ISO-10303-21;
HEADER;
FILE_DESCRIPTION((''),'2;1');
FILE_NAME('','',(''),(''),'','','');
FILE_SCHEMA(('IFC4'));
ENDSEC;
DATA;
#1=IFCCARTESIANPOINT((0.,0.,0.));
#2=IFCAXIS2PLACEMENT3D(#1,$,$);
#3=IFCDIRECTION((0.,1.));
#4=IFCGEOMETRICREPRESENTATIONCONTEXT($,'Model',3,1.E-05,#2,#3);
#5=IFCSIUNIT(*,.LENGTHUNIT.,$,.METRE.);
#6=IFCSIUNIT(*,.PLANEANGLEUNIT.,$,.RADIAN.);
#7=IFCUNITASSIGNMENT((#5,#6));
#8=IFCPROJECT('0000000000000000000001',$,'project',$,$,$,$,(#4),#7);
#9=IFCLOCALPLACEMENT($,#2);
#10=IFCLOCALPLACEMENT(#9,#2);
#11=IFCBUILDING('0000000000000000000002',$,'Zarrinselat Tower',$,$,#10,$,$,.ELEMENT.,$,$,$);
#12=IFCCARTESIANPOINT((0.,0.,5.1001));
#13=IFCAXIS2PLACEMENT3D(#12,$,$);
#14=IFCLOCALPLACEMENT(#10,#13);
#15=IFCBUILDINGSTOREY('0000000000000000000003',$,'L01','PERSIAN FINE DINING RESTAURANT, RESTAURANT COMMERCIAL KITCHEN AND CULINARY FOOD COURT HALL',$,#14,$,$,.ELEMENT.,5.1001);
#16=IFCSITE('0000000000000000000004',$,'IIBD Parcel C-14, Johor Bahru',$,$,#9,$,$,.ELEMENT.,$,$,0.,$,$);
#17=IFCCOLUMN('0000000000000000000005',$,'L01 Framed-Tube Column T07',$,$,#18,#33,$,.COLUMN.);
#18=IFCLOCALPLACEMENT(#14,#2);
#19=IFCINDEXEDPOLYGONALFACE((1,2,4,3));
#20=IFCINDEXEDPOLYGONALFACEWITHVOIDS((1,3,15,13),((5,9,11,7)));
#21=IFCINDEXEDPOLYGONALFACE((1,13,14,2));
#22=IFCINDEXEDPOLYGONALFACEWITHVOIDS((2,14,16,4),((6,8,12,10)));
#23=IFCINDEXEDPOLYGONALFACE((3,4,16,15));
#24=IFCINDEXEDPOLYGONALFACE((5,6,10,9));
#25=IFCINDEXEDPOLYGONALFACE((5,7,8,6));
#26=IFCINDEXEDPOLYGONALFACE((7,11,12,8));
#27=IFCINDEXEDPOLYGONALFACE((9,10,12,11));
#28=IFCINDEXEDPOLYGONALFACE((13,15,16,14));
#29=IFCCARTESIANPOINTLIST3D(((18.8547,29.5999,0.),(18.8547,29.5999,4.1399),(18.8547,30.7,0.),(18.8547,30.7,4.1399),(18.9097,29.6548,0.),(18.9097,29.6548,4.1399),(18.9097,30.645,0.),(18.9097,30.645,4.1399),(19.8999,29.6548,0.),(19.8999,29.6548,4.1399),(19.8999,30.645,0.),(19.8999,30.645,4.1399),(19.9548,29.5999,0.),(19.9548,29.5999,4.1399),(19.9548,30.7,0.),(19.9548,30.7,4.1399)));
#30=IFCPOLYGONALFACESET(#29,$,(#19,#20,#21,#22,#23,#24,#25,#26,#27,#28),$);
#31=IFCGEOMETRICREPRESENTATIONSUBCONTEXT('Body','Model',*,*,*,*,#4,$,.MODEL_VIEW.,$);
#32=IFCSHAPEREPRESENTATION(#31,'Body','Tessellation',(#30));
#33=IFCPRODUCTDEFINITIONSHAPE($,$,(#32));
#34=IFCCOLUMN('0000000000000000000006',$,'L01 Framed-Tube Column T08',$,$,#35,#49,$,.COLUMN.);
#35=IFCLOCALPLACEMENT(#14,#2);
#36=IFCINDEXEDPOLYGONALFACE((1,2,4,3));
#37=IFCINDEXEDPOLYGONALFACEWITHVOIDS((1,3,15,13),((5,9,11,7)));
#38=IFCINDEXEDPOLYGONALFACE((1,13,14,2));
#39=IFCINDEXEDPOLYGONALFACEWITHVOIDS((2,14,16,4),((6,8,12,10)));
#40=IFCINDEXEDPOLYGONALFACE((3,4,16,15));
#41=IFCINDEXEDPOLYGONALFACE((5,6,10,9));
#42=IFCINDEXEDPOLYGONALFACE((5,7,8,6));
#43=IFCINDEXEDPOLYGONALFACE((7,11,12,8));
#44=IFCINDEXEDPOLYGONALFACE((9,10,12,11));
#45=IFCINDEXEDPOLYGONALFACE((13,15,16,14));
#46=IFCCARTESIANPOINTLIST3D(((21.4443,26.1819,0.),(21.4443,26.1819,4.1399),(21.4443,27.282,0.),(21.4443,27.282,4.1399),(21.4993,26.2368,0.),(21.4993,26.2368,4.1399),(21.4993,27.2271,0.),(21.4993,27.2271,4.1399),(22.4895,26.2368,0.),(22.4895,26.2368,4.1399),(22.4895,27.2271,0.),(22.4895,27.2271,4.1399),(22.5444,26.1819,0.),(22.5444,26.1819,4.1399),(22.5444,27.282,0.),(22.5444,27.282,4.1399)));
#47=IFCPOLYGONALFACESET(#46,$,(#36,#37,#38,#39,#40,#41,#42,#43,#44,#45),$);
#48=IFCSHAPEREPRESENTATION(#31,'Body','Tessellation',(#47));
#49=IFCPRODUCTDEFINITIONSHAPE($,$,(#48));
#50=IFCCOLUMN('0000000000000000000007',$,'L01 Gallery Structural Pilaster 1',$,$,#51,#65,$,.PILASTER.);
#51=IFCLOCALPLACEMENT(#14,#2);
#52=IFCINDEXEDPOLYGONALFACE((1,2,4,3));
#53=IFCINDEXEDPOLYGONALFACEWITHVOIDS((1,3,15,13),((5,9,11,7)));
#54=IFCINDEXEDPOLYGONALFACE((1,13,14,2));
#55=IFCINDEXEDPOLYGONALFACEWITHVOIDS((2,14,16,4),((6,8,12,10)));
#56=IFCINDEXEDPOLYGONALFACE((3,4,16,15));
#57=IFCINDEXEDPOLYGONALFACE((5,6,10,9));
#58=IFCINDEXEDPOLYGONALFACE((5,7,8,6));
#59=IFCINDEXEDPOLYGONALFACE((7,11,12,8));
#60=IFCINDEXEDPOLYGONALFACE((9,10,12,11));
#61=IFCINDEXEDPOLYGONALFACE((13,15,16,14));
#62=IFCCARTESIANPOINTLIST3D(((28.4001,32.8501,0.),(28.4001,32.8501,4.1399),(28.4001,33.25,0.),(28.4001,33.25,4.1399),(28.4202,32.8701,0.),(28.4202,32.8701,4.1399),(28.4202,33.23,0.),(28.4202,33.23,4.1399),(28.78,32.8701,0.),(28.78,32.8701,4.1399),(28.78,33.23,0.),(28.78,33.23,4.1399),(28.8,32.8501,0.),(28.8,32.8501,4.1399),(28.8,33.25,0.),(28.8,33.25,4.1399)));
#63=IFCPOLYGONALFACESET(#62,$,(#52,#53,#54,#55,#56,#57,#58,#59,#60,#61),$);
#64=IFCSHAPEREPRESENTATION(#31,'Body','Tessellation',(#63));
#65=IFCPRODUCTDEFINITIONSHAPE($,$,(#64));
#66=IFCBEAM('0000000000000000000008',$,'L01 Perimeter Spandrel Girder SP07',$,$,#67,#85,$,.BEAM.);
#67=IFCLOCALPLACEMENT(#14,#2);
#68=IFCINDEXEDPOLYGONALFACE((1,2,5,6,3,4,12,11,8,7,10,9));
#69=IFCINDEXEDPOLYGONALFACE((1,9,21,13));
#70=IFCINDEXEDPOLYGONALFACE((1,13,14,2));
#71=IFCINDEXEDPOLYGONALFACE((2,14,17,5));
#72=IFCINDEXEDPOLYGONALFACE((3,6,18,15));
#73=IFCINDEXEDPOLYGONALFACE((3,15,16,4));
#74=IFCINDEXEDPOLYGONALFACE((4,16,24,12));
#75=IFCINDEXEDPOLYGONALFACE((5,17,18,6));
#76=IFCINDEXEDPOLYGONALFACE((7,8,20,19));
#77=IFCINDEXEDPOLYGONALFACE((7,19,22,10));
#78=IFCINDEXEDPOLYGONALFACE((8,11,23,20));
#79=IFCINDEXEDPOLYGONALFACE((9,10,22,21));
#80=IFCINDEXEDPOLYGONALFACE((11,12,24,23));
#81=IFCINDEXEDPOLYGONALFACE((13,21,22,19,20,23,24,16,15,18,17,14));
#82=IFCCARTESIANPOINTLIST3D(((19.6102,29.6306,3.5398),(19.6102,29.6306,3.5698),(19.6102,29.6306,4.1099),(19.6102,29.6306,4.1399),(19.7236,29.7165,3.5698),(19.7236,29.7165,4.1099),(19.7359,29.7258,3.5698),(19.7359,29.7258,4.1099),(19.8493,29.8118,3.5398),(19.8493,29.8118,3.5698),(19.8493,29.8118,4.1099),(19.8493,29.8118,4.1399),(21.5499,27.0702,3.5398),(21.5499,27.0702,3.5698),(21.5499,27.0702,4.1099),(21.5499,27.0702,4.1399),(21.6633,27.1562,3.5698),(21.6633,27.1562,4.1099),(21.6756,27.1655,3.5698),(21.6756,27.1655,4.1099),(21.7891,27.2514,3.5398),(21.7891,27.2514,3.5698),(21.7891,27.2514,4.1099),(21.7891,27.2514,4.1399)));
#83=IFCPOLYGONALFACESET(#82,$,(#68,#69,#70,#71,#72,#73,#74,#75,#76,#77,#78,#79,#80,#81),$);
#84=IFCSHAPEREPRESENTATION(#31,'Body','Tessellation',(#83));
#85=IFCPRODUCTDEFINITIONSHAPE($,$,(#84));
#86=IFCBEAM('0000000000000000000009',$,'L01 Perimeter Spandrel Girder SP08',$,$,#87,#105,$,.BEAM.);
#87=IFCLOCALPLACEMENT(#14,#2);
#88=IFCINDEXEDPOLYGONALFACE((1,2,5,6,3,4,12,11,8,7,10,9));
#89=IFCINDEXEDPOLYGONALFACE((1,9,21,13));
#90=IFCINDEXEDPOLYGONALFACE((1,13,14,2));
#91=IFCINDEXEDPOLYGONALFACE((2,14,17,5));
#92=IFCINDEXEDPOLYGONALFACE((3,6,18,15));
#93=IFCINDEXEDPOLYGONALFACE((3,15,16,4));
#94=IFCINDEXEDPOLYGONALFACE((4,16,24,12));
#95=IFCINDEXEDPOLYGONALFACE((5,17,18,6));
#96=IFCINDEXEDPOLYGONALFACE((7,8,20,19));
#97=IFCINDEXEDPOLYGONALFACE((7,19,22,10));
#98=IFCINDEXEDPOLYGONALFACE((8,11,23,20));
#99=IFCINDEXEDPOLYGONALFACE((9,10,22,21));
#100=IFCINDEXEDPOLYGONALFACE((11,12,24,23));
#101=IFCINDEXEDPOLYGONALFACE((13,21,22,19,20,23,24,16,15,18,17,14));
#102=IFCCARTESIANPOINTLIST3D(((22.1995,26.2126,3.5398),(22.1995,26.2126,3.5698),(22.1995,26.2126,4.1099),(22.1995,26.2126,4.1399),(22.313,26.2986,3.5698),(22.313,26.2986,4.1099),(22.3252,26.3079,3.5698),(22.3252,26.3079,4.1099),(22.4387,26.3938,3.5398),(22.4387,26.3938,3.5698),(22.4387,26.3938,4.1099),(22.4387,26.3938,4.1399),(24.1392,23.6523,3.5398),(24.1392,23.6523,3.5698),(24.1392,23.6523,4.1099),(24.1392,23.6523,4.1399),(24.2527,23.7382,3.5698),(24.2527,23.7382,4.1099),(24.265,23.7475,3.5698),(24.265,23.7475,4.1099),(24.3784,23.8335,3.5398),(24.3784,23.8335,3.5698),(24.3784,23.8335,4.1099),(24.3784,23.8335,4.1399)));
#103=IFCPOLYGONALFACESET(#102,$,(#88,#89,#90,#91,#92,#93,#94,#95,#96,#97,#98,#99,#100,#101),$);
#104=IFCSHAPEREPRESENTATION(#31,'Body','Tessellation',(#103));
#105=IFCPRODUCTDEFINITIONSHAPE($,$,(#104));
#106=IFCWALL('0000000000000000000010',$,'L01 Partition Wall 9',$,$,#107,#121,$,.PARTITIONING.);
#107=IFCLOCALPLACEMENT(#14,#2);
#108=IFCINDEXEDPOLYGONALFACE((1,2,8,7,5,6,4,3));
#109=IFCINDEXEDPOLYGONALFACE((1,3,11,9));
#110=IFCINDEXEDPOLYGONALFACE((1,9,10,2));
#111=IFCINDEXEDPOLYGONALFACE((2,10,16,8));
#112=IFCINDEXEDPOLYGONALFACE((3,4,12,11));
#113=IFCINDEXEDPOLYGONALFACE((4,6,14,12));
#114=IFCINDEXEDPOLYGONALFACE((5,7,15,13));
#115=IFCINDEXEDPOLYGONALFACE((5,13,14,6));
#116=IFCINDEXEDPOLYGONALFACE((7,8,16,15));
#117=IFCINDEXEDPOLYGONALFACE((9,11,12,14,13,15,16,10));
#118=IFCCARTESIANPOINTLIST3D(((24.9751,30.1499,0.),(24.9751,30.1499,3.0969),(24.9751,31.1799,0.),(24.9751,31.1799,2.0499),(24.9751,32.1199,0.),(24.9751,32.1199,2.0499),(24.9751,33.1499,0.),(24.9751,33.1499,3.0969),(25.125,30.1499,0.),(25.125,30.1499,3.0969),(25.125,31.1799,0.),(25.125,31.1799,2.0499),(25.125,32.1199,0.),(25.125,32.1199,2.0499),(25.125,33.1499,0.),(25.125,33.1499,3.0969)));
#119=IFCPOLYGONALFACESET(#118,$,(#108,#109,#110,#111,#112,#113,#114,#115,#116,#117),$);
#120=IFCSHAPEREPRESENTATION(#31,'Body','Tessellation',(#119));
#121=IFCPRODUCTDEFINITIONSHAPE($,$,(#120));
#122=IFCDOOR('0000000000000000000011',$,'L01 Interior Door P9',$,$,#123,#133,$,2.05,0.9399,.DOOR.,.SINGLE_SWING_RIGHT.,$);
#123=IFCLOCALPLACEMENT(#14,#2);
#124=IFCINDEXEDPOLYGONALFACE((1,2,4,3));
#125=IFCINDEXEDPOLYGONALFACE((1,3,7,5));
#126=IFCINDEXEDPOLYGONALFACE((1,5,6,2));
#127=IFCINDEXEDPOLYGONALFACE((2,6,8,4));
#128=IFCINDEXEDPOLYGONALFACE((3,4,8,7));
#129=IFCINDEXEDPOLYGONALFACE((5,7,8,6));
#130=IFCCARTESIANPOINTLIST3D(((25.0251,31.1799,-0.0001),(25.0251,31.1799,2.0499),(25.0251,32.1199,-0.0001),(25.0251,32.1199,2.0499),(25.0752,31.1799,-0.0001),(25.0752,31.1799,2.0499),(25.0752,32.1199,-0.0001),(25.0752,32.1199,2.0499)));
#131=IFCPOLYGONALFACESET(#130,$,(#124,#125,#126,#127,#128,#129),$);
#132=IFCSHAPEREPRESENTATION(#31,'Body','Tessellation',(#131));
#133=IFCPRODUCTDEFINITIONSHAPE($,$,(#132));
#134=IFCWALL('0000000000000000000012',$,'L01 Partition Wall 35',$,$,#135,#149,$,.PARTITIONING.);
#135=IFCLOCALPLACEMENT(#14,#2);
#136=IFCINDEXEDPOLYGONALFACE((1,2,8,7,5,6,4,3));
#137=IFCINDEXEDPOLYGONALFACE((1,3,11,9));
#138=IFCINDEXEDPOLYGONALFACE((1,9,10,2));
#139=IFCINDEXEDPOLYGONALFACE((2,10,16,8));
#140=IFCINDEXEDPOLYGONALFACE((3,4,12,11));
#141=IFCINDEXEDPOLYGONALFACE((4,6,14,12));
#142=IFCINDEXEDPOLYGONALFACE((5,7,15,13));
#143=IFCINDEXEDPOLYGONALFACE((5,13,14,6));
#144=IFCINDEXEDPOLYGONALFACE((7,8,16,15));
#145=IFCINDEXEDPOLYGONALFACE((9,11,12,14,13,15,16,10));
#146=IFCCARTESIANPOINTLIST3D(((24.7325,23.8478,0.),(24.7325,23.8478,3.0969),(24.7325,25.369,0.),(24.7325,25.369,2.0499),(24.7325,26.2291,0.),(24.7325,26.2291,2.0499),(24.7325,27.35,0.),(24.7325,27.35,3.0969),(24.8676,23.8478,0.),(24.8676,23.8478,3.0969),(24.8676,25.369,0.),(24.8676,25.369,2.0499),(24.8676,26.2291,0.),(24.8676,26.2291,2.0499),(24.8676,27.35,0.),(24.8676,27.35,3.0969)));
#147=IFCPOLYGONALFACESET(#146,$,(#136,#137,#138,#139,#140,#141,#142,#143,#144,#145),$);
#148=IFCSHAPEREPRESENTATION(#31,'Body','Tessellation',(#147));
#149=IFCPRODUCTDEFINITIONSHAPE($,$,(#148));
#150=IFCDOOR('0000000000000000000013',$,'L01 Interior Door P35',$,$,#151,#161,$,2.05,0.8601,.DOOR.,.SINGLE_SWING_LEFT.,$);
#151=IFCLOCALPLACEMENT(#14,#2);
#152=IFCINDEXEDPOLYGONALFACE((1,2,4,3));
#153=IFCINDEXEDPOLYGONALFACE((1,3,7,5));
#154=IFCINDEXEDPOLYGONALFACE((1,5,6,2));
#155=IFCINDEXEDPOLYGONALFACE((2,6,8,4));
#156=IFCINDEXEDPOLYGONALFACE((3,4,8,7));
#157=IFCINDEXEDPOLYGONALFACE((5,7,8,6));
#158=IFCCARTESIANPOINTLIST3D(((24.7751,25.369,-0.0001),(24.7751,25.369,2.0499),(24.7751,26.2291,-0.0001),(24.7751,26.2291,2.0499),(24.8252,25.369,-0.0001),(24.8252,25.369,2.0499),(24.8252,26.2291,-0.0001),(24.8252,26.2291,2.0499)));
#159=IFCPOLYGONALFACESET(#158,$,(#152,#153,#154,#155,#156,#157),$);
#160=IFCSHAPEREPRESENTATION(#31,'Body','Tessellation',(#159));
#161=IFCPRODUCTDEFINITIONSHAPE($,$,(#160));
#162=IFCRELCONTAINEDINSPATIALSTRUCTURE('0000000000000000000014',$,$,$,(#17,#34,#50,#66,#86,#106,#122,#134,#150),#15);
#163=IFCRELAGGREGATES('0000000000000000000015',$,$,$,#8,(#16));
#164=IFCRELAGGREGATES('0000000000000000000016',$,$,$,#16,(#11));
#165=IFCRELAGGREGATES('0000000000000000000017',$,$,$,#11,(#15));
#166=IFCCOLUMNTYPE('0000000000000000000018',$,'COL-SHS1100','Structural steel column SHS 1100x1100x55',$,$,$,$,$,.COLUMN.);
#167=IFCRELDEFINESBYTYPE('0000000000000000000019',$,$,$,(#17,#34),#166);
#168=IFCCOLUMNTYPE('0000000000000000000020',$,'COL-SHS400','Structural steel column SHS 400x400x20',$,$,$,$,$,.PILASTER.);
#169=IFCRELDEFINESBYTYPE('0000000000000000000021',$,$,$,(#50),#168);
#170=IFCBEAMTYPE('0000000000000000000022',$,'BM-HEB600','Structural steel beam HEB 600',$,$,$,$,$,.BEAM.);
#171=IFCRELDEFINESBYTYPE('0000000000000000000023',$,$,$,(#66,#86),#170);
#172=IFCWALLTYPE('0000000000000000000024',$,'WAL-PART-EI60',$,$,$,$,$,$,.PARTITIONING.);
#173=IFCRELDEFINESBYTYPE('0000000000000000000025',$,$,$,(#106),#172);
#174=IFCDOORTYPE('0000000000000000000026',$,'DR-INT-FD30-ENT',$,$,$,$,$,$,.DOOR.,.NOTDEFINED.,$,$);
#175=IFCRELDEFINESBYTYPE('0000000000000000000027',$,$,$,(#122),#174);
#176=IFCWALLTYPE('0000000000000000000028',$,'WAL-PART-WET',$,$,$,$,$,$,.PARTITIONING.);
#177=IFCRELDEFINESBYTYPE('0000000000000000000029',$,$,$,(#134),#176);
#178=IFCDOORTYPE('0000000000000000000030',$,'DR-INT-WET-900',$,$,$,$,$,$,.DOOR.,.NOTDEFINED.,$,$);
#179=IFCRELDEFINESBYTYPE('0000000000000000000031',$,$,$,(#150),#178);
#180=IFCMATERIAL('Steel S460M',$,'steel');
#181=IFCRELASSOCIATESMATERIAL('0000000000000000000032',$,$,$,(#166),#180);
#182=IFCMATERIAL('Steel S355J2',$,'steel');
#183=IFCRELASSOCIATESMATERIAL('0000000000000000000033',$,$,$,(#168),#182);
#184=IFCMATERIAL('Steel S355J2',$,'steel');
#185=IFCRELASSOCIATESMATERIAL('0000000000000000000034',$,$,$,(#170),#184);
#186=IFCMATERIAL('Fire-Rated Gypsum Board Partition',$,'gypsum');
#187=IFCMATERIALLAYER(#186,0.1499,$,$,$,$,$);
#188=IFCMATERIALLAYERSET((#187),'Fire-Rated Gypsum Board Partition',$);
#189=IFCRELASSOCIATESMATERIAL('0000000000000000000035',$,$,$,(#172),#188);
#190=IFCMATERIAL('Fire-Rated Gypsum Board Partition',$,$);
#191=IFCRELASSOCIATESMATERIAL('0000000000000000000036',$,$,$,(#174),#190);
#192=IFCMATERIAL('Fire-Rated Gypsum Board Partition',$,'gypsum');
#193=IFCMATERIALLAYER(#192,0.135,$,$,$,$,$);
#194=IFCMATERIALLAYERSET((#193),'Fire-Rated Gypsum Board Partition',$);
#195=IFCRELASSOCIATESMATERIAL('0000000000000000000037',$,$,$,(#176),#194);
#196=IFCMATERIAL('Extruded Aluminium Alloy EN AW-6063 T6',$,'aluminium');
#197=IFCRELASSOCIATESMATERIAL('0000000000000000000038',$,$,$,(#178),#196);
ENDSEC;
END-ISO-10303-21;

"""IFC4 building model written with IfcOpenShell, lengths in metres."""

from ifc_helpers import new_model, si_unit, direction, frame, frame_2d, origin, origin_2d, place, context, subcontext, project, spatial, rectangle, hollow_rectangle, i_section, extrude, material, layer, layer_set, material_profile, profile_set, type_object, element, fill, save


model = new_model("IFC4")

# Units and contexts
model_context = context("Model", 3, precision=1e-05, world=origin(), true_north=direction((0.0, 1.0)))
body_context = subcontext(model_context, "Body", "Model", "MODEL_VIEW")
ifc_project = project(units=[si_unit("LENGTHUNIT", "METRE"), si_unit("PLANEANGLEUNIT", "RADIAN")], contexts=[model_context])

# Site, building, storey
site_placement = place(None, origin())
site = spatial("IfcSite", under=ifc_project, at=site_placement, Name="IIBD Parcel C-14, Johor Bahru", CompositionType="ELEMENT", RefElevation=0.0)
building_placement = place(site_placement, origin())
building = spatial("IfcBuilding", under=site, at=building_placement, Name="Zarrinselat Tower", CompositionType="ELEMENT")
storey_placement = place(building_placement, frame((0.0, 0.0, 5.1001)))
storey = spatial("IfcBuildingStorey", under=building, at=storey_placement, Name="L01", Description="PERSIAN FINE DINING RESTAURANT, RESTAURANT COMMERCIAL KITCHEN AND CULINARY FOOD COURT HALL", CompositionType="ELEMENT", Elevation=5.1001)

# Columns
ifc_material_1 = material(Name="Steel S460M", Category="steel")
ifc_material_profile_1 = material_profile(ifc_material_1, hollow_rectangle(XDim=1.1001, YDim=1.1001, WallThickness=0.0549, at=origin_2d()), Name="SHS 1100x1100x55")
ifc_profile_set_1 = profile_set([ifc_material_profile_1], Name="Steel S460M")
column_type_1 = type_object("IfcColumnType", Name="COL-SHS1100", Description="Structural steel column SHS 1100x1100x55", PredefinedType="COLUMN", material=ifc_profile_set_1)
for number, where, z_axis, x_axis, name in (
    (1, (19.4048, 30.1499, 0.0), (0.0, 0.0, 1.0), (1.0, 0.0, 0.0), "L01 Framed-Tube Column T07"),
    (2, (21.9944, 26.7319, 0.0), (0.0, 0.0, 1.0), (1.0, 0.0, 0.0), "L01 Framed-Tube Column T08"),
):
    element("IfcColumn", number, at=place(storey_placement, frame(where, z_axis=z_axis, x_axis=x_axis)), inside=storey, type_object=column_type_1, Name=name, PredefinedType="COLUMN", context=body_context, shape_type="SweptSolid", body=[
        extrude(hollow_rectangle(XDim=1.1001, YDim=1.1001, WallThickness=0.0549, at=origin_2d()), origin(), (0.0, 0.0, 1.0), 4.1399),
    ])
ifc_material_2 = material(Name="Steel S355J2", Category="steel")
ifc_material_profile_2 = material_profile(ifc_material_2, hollow_rectangle(XDim=0.3999, YDim=0.3999, WallThickness=0.02, at=origin_2d()), Name="SHS 400x400x20")
ifc_profile_set_2 = profile_set([ifc_material_profile_2], Name="Steel S355J2")
column_type_2 = type_object("IfcColumnType", Name="COL-SHS400", Description="Structural steel column SHS 400x400x20", PredefinedType="PILASTER", material=ifc_profile_set_2)
column_placement = place(storey_placement, frame((28.6001, 33.05, 0.0), z_axis=(0.0, 0.0, 1.0), x_axis=(1.0, 0.0, 0.0)))
element("IfcColumn", 3, at=column_placement, inside=storey, type_object=column_type_2, Name="L01 Gallery Structural Pilaster 1", PredefinedType="PILASTER", context=body_context, shape_type="SweptSolid", body=[
    extrude(hollow_rectangle(XDim=0.3999, YDim=0.3999, WallThickness=0.02, at=origin_2d()), origin(), (0.0, 0.0, 1.0), 4.1399),
])

# Beams
ifc_material_3 = material(Name="Steel S355J2", Category="steel")
ifc_material_profile_3 = material_profile(ifc_material_3, i_section(OverallWidth=0.3, OverallDepth=0.6001, WebThickness=0.0154, FlangeThickness=0.03, at=origin_2d()), Name="HEB 600")
ifc_profile_set_3 = profile_set([ifc_material_profile_3], Name="Steel S355J2")
beam_type = type_object("IfcBeamType", Name="BM-HEB600", Description="Structural steel beam HEB 600", PredefinedType="BEAM", material=ifc_profile_set_3)
for number, where, z_axis, x_axis, name in (
    (4, (19.7297, 29.7212, 3.8398), (0.603872, -0.797081, 0.0), (0.797081, 0.603872, 0.0), "L01 Perimeter Spandrel Girder SP07"),
    (5, (22.3191, 26.3032, 3.8398), (0.603872, -0.797081, 0.0), (0.797081, 0.603872, 0.0), "L01 Perimeter Spandrel Girder SP08"),
):
    element("IfcBeam", number, at=place(storey_placement, frame(where, z_axis=z_axis, x_axis=x_axis)), inside=storey, type_object=beam_type, Name=name, PredefinedType="BEAM", context=body_context, shape_type="SweptSolid", body=[
        extrude(i_section(OverallWidth=0.3, OverallDepth=0.6001, WebThickness=0.0154, FlangeThickness=0.03, at=origin_2d()), origin(), (0.0, 0.0, 1.0), 3.2122),
    ])

# Walls, openings, doors
ifc_material_4 = material(Name="Fire-Rated Gypsum Board Partition", Category="gypsum")
ifc_layer_1 = layer(ifc_material_4, 0.1499)
ifc_layer_set_1 = layer_set([ifc_layer_1], Name="Fire-Rated Gypsum Board Partition")
wall_type_1 = type_object("IfcWallType", Name="WAL-PART-EI60", PredefinedType="PARTITIONING", material=ifc_layer_set_1)
wall_1_placement = place(storey_placement, frame((25.05, 30.1499, 0.0), z_axis=(0.0, 0.0, 1.0), x_axis=(0.0, 1.0, 0.0)))
wall_1 = element("IfcWall", 6, at=wall_1_placement, inside=storey, type_object=wall_type_1, Name="L01 Partition Wall 9", PredefinedType="PARTITIONING", context=body_context, shape_type="SweptSolid", body=[
    extrude(rectangle(XDim=3.0, YDim=0.1499, at=frame_2d((1.5, 0.0))), origin(), (0.0, 0.0, 1.0), 3.0969),
])
opening_1_placement = place(wall_1_placement, frame((1.03, 0.0, 0.0)))
opening_1 = element("IfcOpeningElement", 7, at=opening_1_placement, cuts=wall_1, PredefinedType="OPENING", context=body_context, shape_type="SweptSolid", body=[
    extrude(rectangle(XDim=0.9399, YDim=2.05, at=frame_2d((0.47, 1.0249))), frame((0.0, 0.085, 0.0), z_axis=(0.0, -1.0, 0.0), x_axis=(1.0, 0.0, 0.0)), (0.0, 0.0, 1.0), 0.1699),
])
ifc_material_5 = material(Name="Fire-Rated Gypsum Board Partition")
door_type_1 = type_object("IfcDoorType", Name="DR-INT-FD30-ENT", OperationType="NOTDEFINED", PredefinedType="DOOR", material=ifc_material_5)
door_1_placement = place(opening_1_placement, origin())
door_1 = element("IfcDoor", 8, at=door_1_placement, inside=storey, type_object=door_type_1, Name="L01 Interior Door P9", OperationType="SINGLE_SWING_RIGHT", OverallHeight=2.05, OverallWidth=0.9399, PredefinedType="DOOR", context=body_context, shape_type="SweptSolid", body=[
    extrude(rectangle(XDim=0.9399, YDim=2.05, at=frame_2d((0.47, 1.0249))), frame((0.0, 0.0249, 0.0), z_axis=(0.0, -1.0, 0.0), x_axis=(1.0, 0.0, 0.0)), (0.0, 0.0, 1.0), 0.05),
])
fill(opening_1, door_1)
ifc_material_6 = material(Name="Fire-Rated Gypsum Board Partition", Category="gypsum")
ifc_layer_2 = layer(ifc_material_6, 0.135)
ifc_layer_set_2 = layer_set([ifc_layer_2], Name="Fire-Rated Gypsum Board Partition")
wall_type_2 = type_object("IfcWallType", Name="WAL-PART-WET", PredefinedType="PARTITIONING", material=ifc_layer_set_2)
wall_2_placement = place(storey_placement, frame((24.8, 23.8479, 0.0), z_axis=(0.0, 0.0, 1.0), x_axis=(0.0, 1.0, 0.0)))
wall_2 = element("IfcWall", 9, at=wall_2_placement, inside=storey, type_object=wall_type_2, Name="L01 Partition Wall 35", PredefinedType="PARTITIONING", context=body_context, shape_type="SweptSolid", body=[
    extrude(rectangle(XDim=3.5022, YDim=0.135, at=frame_2d((1.751, 0.0))), origin(), (0.0, 0.0, 1.0), 3.0969),
])
opening_2_placement = place(wall_2_placement, frame((1.521, 0.0, 0.0)))
opening_2 = element("IfcOpeningElement", 10, at=opening_2_placement, cuts=wall_2, PredefinedType="OPENING", context=body_context, shape_type="SweptSolid", body=[
    extrude(rectangle(XDim=0.8601, YDim=2.05, at=frame_2d((0.4302, 1.0249))), frame((0.0, 0.0774, 0.0), z_axis=(0.0, -1.0, 0.0), x_axis=(1.0, 0.0, 0.0)), (0.0, 0.0, 1.0), 0.155),
])
ifc_material_7 = material(Name="Extruded Aluminium Alloy EN AW-6063 T6", Category="aluminium")
door_type_2 = type_object("IfcDoorType", Name="DR-INT-WET-900", OperationType="NOTDEFINED", PredefinedType="DOOR", material=ifc_material_7)
door_2_placement = place(opening_2_placement, origin())
door_2 = element("IfcDoor", 11, at=door_2_placement, inside=storey, type_object=door_type_2, Name="L01 Interior Door P35", OperationType="SINGLE_SWING_LEFT", OverallHeight=2.05, OverallWidth=0.8601, PredefinedType="DOOR", context=body_context, shape_type="SweptSolid", body=[
    extrude(rectangle(XDim=0.8601, YDim=2.05, at=frame_2d((0.4302, 1.0249))), frame((0.0, 0.0249, 0.0), z_axis=(0.0, -1.0, 0.0), x_axis=(1.0, 0.0, 0.0)), (0.0, 0.0, 1.0), 0.05),
])
fill(opening_2, door_2)

save(model, "model.ifc")
